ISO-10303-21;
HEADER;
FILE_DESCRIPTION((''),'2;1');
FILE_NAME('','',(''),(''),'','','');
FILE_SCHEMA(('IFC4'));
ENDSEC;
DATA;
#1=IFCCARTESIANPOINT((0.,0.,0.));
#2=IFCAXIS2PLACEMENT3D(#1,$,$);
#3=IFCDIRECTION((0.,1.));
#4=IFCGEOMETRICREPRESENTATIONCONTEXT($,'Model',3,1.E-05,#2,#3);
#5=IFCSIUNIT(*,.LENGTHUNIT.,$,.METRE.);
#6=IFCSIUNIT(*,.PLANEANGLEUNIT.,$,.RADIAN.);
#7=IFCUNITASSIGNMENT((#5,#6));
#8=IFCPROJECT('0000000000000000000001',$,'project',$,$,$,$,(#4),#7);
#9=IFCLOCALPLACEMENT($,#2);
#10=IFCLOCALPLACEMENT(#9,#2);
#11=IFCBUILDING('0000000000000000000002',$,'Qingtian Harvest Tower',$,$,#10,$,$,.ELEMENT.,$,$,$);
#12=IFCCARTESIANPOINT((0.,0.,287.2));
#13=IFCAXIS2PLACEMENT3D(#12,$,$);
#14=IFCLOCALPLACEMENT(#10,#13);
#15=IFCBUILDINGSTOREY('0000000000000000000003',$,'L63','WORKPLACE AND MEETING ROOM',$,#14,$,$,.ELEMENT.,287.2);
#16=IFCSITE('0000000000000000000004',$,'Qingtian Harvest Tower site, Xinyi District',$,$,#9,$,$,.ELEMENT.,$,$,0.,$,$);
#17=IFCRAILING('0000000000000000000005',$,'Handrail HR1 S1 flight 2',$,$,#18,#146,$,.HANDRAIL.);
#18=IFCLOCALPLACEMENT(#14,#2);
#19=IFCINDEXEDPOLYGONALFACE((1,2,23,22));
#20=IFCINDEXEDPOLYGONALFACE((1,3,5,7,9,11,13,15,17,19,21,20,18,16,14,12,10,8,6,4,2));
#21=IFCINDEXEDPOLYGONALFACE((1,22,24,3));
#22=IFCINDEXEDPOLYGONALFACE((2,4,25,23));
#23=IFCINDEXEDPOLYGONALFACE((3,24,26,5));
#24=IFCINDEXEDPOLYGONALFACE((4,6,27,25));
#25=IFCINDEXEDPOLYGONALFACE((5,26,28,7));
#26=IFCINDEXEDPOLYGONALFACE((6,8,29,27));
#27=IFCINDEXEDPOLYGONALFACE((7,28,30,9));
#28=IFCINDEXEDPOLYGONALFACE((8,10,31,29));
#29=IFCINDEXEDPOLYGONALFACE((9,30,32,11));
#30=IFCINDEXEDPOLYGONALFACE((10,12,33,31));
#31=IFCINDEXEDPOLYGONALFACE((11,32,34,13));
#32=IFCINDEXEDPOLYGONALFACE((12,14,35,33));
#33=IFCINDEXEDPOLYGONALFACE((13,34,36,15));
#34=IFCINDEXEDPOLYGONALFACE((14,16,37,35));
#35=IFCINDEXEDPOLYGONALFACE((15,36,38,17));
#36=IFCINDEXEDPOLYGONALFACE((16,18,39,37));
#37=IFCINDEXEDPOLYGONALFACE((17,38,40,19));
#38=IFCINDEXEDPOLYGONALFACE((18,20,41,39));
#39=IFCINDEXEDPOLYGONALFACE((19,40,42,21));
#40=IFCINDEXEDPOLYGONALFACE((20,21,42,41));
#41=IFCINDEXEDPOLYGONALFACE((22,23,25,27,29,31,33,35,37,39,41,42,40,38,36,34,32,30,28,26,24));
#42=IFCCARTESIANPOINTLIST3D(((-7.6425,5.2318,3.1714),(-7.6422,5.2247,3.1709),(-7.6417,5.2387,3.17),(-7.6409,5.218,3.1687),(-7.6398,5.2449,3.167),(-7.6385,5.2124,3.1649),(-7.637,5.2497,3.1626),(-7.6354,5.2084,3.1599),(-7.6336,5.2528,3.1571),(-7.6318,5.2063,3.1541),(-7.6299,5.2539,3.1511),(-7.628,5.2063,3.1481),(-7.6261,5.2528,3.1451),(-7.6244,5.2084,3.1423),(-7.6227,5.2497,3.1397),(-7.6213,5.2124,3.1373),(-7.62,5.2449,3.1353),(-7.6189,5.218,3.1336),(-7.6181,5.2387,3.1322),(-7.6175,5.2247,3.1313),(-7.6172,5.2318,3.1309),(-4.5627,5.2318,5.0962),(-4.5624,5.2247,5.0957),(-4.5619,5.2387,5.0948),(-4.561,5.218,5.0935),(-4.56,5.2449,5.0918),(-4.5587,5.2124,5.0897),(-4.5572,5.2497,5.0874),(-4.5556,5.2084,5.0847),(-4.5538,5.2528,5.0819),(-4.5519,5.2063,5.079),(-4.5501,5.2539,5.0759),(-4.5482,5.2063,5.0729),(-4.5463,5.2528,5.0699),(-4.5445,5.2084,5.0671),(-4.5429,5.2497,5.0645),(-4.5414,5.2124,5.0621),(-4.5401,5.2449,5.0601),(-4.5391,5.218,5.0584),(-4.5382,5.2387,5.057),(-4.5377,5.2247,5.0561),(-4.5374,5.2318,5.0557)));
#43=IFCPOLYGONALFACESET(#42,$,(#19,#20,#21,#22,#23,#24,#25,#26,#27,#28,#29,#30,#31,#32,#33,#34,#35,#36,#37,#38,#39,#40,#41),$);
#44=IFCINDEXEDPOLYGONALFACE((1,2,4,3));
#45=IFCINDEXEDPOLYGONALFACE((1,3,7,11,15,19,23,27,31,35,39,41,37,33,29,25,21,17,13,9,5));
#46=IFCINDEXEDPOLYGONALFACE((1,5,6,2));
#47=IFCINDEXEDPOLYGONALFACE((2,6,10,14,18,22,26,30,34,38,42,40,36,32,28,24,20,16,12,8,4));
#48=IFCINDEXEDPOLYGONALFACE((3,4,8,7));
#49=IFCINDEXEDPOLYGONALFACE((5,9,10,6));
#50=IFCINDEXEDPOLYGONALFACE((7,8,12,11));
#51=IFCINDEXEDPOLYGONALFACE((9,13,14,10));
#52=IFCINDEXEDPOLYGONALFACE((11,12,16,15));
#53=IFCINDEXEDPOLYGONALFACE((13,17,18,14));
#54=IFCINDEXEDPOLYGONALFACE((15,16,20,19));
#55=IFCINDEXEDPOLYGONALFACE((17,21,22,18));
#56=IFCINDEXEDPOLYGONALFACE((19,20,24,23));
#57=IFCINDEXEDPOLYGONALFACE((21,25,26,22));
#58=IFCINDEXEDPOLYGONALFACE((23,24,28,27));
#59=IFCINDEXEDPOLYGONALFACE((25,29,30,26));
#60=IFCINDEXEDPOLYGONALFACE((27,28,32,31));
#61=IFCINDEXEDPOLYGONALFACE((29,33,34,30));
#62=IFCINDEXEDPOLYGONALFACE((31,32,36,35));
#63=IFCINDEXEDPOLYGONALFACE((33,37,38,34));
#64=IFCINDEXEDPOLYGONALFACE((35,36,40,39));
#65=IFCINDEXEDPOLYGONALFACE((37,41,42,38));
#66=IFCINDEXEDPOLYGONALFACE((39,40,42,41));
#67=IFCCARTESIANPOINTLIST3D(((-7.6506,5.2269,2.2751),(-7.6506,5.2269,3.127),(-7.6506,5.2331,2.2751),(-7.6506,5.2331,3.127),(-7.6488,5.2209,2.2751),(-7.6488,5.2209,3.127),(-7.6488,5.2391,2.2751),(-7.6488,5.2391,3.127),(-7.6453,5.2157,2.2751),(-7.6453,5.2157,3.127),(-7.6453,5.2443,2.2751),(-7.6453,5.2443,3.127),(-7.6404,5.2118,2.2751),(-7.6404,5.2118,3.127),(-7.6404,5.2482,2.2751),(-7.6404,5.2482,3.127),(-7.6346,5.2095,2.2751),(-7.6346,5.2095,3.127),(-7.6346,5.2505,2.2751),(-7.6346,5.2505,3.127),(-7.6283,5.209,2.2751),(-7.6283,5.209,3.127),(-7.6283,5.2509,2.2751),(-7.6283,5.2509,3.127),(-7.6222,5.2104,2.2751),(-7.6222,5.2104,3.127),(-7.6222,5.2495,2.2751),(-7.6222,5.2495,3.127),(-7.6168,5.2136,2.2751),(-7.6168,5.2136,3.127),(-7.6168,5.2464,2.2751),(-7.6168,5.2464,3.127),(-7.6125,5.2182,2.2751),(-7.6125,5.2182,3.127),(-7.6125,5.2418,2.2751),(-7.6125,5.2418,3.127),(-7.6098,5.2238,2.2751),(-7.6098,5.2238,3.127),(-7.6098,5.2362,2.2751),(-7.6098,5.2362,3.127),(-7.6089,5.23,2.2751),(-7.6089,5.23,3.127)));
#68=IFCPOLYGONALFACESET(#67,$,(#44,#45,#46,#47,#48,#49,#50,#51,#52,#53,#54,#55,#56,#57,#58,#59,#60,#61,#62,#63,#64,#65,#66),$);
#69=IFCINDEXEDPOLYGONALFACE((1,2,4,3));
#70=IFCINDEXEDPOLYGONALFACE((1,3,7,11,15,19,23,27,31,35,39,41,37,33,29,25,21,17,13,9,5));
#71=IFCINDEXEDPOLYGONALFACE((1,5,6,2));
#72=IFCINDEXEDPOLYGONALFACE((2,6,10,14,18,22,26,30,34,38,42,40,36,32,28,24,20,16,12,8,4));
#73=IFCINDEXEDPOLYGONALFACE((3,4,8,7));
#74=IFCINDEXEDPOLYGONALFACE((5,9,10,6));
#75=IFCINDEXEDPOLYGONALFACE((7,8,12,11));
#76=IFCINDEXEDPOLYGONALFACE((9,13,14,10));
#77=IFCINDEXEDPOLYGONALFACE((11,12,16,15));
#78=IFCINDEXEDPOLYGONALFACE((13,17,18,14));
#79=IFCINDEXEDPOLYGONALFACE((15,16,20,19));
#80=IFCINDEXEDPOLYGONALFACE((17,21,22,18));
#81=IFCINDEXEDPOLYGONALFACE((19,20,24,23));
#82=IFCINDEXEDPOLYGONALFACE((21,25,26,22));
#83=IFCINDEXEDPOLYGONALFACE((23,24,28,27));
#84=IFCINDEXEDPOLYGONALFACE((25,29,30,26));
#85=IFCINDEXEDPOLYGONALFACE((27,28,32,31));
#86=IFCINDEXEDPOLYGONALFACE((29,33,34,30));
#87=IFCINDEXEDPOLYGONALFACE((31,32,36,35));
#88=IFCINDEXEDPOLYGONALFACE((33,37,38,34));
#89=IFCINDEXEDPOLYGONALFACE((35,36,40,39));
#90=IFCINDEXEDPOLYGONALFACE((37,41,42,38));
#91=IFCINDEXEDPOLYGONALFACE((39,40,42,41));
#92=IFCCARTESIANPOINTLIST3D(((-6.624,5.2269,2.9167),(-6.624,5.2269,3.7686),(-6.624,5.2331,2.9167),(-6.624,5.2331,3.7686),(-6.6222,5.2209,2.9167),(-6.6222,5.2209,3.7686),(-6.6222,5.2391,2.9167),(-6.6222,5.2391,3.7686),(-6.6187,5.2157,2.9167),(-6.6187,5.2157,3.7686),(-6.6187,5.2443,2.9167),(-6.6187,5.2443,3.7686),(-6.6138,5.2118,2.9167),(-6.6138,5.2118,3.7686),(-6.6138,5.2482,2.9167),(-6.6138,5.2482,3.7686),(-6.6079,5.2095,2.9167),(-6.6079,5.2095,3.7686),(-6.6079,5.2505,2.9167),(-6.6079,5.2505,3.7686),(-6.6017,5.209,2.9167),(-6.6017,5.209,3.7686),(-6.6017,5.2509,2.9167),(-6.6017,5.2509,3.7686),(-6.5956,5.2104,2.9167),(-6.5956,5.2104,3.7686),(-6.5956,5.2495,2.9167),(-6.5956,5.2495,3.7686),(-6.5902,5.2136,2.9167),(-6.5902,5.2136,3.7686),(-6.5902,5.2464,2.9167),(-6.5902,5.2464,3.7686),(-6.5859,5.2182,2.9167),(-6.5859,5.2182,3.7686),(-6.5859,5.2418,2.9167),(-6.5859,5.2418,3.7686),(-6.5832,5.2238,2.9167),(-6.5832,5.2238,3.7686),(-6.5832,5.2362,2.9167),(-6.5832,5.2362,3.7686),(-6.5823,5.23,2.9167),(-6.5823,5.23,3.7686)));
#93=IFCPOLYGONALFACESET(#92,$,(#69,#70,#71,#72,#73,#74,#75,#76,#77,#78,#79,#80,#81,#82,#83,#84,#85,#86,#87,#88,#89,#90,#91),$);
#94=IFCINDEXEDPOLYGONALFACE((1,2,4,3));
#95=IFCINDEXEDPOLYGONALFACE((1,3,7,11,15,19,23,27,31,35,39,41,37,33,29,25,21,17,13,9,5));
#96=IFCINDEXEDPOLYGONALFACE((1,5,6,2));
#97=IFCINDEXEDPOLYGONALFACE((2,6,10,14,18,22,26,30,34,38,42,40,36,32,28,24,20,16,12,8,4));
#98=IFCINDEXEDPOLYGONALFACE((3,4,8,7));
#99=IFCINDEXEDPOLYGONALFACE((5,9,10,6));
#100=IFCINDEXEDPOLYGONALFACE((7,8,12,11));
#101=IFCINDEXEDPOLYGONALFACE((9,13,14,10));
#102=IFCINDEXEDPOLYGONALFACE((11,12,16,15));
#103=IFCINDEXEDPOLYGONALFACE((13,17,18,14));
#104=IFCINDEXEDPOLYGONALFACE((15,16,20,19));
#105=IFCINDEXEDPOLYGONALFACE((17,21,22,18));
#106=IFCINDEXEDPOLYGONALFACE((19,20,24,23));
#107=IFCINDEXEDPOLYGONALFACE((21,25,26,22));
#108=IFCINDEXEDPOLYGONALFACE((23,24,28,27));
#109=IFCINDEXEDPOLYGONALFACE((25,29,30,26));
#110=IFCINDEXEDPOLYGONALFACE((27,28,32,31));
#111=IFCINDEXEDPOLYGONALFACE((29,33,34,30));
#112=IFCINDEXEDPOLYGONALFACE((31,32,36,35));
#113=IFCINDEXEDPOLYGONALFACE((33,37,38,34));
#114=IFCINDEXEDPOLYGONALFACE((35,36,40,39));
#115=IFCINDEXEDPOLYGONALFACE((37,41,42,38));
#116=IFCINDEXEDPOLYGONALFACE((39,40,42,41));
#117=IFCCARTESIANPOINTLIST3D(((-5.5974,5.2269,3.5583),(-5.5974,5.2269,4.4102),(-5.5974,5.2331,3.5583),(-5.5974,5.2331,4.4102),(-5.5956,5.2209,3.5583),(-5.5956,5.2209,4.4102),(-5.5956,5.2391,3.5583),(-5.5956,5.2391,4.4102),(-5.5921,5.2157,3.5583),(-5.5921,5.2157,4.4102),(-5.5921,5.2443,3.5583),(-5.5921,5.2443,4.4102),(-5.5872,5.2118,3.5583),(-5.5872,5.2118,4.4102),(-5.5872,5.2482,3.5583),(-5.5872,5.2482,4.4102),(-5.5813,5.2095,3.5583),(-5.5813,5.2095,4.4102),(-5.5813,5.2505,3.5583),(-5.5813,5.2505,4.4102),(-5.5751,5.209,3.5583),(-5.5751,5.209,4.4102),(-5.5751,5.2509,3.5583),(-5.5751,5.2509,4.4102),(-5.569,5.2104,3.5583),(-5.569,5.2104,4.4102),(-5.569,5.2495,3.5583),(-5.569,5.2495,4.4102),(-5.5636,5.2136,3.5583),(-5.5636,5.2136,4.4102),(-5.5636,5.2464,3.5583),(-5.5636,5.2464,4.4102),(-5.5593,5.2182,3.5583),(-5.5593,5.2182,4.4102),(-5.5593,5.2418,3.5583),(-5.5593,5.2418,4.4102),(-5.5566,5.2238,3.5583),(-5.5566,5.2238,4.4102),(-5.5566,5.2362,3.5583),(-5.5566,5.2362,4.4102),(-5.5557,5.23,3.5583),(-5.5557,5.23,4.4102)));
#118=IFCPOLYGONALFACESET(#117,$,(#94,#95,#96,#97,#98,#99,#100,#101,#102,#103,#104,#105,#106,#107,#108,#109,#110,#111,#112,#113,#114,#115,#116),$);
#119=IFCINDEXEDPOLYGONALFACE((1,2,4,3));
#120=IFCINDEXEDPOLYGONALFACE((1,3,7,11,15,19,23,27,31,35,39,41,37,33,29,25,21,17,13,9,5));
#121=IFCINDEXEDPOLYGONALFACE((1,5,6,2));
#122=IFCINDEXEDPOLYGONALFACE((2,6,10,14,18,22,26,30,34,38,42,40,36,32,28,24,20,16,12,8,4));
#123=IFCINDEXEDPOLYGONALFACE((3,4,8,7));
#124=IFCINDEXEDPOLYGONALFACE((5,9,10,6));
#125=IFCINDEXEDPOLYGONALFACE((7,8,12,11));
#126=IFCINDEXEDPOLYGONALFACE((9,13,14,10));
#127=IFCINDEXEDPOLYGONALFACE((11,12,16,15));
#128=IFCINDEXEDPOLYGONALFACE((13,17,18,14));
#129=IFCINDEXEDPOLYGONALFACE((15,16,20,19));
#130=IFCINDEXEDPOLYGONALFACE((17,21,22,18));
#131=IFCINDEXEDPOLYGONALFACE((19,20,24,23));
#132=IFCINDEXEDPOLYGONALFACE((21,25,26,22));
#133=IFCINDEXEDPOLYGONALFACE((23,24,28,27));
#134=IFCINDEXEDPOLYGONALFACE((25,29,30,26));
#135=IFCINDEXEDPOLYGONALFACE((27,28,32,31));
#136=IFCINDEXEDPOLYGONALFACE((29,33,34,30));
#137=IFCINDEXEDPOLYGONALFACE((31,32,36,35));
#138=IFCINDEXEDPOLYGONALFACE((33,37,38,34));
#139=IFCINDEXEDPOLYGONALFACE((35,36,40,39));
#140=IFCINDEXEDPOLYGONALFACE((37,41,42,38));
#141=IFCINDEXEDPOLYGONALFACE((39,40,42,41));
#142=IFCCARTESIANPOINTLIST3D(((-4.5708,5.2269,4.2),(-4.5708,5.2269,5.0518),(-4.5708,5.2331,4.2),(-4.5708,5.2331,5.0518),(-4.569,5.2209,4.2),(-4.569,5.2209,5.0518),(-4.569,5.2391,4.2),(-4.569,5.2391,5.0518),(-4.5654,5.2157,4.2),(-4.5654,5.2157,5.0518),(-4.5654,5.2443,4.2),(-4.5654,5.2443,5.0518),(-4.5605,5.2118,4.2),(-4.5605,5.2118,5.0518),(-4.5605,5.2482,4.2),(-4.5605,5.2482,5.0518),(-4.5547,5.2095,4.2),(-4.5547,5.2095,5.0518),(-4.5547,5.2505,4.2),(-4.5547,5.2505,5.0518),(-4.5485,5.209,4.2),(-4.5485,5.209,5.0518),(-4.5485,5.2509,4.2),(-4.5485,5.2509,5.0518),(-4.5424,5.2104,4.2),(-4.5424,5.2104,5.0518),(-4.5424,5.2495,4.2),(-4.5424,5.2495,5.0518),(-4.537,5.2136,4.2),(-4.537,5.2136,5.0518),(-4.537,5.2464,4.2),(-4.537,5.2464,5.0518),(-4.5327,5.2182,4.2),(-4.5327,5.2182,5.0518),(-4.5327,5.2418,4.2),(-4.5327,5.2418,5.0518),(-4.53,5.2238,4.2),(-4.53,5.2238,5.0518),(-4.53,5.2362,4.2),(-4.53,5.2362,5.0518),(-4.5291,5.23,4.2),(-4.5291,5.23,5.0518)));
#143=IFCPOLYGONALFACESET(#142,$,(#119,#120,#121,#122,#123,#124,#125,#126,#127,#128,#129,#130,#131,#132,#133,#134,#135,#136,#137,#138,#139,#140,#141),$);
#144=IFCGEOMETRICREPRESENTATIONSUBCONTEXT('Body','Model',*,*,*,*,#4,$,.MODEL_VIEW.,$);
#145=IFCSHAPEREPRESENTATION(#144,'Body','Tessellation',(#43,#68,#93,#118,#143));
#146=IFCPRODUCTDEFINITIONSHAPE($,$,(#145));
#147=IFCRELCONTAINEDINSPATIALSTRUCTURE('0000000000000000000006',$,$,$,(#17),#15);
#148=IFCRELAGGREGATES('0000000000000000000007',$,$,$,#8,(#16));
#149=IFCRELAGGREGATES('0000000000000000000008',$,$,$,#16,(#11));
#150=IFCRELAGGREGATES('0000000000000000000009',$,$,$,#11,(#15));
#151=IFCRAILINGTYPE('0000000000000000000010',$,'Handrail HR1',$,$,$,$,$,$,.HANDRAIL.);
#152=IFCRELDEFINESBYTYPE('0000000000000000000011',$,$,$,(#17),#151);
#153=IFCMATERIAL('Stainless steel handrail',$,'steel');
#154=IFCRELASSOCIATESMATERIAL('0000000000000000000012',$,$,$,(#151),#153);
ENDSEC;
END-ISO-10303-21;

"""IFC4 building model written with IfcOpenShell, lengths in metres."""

from ifc_helpers import new_model, si_unit, direction, frame, origin, origin_2d, place, context, subcontext, project, spatial, circle, extrude, material, type_object, element, save


model = new_model("IFC4")

# Units and contexts
model_context = context("Model", 3, precision=1e-05, world=origin(), true_north=direction((0.0, 1.0)))
body_context = subcontext(model_context, "Body", "Model", "MODEL_VIEW")
ifc_project = project(units=[si_unit("LENGTHUNIT", "METRE"), si_unit("PLANEANGLEUNIT", "RADIAN")], contexts=[model_context])

# Site, building, storey
site_placement = place(None, origin())
site = spatial("IfcSite", under=ifc_project, at=site_placement, Name="Qingtian Harvest Tower site, Xinyi District", CompositionType="ELEMENT", RefElevation=0.0)
building_placement = place(site_placement, origin())
building = spatial("IfcBuilding", under=site, at=building_placement, Name="Qingtian Harvest Tower", CompositionType="ELEMENT")
storey_placement = place(building_placement, frame((0.0, 0.0, 287.2)))
storey = spatial("IfcBuildingStorey", under=building, at=storey_placement, Name="L63", Description="WORKPLACE AND MEETING ROOM", CompositionType="ELEMENT", Elevation=287.2)

# Railing
ifc_material_1 = material(Name="Stainless steel handrail", Category="steel")
railing_type = type_object("IfcRailingType", Name="Handrail HR1", PredefinedType="HANDRAIL", material=ifc_material_1)
railing_1_placement = place(storey_placement, frame((-7.6299, 5.23, 2.2751)))
element("IfcRailing", 1, at=railing_1_placement, inside=storey, type_object=railing_type, Name="Handrail HR1 S1 flight 2", PredefinedType="HANDRAIL", context=body_context, shape_type="SweptSolid", body=[
    extrude(circle(Radius=0.0239, at=origin_2d()), frame((0.0, 0.0, 0.876), z_axis=(0.84801, 0.0, 0.529981), x_axis=(0.0, 1.0, 0.0)), (0.0, 0.0, 1.0), 3.6318),
    extrude(circle(Radius=0.021, at=origin_2d()), origin(), (0.0, 0.0, 1.0), 0.8518),
    extrude(circle(Radius=0.021, at=origin_2d()), frame((1.0266, 0.0, 0.6416)), (0.0, 0.0, 1.0), 0.8518),
    extrude(circle(Radius=0.021, at=origin_2d()), frame((2.0532, 0.0, 1.2832)), (0.0, 0.0, 1.0), 0.8518),
    extrude(circle(Radius=0.021, at=origin_2d()), frame((3.0798, 0.0, 1.9248)), (0.0, 0.0, 1.0), 0.8518),
])

save(model, "model.ifc")
